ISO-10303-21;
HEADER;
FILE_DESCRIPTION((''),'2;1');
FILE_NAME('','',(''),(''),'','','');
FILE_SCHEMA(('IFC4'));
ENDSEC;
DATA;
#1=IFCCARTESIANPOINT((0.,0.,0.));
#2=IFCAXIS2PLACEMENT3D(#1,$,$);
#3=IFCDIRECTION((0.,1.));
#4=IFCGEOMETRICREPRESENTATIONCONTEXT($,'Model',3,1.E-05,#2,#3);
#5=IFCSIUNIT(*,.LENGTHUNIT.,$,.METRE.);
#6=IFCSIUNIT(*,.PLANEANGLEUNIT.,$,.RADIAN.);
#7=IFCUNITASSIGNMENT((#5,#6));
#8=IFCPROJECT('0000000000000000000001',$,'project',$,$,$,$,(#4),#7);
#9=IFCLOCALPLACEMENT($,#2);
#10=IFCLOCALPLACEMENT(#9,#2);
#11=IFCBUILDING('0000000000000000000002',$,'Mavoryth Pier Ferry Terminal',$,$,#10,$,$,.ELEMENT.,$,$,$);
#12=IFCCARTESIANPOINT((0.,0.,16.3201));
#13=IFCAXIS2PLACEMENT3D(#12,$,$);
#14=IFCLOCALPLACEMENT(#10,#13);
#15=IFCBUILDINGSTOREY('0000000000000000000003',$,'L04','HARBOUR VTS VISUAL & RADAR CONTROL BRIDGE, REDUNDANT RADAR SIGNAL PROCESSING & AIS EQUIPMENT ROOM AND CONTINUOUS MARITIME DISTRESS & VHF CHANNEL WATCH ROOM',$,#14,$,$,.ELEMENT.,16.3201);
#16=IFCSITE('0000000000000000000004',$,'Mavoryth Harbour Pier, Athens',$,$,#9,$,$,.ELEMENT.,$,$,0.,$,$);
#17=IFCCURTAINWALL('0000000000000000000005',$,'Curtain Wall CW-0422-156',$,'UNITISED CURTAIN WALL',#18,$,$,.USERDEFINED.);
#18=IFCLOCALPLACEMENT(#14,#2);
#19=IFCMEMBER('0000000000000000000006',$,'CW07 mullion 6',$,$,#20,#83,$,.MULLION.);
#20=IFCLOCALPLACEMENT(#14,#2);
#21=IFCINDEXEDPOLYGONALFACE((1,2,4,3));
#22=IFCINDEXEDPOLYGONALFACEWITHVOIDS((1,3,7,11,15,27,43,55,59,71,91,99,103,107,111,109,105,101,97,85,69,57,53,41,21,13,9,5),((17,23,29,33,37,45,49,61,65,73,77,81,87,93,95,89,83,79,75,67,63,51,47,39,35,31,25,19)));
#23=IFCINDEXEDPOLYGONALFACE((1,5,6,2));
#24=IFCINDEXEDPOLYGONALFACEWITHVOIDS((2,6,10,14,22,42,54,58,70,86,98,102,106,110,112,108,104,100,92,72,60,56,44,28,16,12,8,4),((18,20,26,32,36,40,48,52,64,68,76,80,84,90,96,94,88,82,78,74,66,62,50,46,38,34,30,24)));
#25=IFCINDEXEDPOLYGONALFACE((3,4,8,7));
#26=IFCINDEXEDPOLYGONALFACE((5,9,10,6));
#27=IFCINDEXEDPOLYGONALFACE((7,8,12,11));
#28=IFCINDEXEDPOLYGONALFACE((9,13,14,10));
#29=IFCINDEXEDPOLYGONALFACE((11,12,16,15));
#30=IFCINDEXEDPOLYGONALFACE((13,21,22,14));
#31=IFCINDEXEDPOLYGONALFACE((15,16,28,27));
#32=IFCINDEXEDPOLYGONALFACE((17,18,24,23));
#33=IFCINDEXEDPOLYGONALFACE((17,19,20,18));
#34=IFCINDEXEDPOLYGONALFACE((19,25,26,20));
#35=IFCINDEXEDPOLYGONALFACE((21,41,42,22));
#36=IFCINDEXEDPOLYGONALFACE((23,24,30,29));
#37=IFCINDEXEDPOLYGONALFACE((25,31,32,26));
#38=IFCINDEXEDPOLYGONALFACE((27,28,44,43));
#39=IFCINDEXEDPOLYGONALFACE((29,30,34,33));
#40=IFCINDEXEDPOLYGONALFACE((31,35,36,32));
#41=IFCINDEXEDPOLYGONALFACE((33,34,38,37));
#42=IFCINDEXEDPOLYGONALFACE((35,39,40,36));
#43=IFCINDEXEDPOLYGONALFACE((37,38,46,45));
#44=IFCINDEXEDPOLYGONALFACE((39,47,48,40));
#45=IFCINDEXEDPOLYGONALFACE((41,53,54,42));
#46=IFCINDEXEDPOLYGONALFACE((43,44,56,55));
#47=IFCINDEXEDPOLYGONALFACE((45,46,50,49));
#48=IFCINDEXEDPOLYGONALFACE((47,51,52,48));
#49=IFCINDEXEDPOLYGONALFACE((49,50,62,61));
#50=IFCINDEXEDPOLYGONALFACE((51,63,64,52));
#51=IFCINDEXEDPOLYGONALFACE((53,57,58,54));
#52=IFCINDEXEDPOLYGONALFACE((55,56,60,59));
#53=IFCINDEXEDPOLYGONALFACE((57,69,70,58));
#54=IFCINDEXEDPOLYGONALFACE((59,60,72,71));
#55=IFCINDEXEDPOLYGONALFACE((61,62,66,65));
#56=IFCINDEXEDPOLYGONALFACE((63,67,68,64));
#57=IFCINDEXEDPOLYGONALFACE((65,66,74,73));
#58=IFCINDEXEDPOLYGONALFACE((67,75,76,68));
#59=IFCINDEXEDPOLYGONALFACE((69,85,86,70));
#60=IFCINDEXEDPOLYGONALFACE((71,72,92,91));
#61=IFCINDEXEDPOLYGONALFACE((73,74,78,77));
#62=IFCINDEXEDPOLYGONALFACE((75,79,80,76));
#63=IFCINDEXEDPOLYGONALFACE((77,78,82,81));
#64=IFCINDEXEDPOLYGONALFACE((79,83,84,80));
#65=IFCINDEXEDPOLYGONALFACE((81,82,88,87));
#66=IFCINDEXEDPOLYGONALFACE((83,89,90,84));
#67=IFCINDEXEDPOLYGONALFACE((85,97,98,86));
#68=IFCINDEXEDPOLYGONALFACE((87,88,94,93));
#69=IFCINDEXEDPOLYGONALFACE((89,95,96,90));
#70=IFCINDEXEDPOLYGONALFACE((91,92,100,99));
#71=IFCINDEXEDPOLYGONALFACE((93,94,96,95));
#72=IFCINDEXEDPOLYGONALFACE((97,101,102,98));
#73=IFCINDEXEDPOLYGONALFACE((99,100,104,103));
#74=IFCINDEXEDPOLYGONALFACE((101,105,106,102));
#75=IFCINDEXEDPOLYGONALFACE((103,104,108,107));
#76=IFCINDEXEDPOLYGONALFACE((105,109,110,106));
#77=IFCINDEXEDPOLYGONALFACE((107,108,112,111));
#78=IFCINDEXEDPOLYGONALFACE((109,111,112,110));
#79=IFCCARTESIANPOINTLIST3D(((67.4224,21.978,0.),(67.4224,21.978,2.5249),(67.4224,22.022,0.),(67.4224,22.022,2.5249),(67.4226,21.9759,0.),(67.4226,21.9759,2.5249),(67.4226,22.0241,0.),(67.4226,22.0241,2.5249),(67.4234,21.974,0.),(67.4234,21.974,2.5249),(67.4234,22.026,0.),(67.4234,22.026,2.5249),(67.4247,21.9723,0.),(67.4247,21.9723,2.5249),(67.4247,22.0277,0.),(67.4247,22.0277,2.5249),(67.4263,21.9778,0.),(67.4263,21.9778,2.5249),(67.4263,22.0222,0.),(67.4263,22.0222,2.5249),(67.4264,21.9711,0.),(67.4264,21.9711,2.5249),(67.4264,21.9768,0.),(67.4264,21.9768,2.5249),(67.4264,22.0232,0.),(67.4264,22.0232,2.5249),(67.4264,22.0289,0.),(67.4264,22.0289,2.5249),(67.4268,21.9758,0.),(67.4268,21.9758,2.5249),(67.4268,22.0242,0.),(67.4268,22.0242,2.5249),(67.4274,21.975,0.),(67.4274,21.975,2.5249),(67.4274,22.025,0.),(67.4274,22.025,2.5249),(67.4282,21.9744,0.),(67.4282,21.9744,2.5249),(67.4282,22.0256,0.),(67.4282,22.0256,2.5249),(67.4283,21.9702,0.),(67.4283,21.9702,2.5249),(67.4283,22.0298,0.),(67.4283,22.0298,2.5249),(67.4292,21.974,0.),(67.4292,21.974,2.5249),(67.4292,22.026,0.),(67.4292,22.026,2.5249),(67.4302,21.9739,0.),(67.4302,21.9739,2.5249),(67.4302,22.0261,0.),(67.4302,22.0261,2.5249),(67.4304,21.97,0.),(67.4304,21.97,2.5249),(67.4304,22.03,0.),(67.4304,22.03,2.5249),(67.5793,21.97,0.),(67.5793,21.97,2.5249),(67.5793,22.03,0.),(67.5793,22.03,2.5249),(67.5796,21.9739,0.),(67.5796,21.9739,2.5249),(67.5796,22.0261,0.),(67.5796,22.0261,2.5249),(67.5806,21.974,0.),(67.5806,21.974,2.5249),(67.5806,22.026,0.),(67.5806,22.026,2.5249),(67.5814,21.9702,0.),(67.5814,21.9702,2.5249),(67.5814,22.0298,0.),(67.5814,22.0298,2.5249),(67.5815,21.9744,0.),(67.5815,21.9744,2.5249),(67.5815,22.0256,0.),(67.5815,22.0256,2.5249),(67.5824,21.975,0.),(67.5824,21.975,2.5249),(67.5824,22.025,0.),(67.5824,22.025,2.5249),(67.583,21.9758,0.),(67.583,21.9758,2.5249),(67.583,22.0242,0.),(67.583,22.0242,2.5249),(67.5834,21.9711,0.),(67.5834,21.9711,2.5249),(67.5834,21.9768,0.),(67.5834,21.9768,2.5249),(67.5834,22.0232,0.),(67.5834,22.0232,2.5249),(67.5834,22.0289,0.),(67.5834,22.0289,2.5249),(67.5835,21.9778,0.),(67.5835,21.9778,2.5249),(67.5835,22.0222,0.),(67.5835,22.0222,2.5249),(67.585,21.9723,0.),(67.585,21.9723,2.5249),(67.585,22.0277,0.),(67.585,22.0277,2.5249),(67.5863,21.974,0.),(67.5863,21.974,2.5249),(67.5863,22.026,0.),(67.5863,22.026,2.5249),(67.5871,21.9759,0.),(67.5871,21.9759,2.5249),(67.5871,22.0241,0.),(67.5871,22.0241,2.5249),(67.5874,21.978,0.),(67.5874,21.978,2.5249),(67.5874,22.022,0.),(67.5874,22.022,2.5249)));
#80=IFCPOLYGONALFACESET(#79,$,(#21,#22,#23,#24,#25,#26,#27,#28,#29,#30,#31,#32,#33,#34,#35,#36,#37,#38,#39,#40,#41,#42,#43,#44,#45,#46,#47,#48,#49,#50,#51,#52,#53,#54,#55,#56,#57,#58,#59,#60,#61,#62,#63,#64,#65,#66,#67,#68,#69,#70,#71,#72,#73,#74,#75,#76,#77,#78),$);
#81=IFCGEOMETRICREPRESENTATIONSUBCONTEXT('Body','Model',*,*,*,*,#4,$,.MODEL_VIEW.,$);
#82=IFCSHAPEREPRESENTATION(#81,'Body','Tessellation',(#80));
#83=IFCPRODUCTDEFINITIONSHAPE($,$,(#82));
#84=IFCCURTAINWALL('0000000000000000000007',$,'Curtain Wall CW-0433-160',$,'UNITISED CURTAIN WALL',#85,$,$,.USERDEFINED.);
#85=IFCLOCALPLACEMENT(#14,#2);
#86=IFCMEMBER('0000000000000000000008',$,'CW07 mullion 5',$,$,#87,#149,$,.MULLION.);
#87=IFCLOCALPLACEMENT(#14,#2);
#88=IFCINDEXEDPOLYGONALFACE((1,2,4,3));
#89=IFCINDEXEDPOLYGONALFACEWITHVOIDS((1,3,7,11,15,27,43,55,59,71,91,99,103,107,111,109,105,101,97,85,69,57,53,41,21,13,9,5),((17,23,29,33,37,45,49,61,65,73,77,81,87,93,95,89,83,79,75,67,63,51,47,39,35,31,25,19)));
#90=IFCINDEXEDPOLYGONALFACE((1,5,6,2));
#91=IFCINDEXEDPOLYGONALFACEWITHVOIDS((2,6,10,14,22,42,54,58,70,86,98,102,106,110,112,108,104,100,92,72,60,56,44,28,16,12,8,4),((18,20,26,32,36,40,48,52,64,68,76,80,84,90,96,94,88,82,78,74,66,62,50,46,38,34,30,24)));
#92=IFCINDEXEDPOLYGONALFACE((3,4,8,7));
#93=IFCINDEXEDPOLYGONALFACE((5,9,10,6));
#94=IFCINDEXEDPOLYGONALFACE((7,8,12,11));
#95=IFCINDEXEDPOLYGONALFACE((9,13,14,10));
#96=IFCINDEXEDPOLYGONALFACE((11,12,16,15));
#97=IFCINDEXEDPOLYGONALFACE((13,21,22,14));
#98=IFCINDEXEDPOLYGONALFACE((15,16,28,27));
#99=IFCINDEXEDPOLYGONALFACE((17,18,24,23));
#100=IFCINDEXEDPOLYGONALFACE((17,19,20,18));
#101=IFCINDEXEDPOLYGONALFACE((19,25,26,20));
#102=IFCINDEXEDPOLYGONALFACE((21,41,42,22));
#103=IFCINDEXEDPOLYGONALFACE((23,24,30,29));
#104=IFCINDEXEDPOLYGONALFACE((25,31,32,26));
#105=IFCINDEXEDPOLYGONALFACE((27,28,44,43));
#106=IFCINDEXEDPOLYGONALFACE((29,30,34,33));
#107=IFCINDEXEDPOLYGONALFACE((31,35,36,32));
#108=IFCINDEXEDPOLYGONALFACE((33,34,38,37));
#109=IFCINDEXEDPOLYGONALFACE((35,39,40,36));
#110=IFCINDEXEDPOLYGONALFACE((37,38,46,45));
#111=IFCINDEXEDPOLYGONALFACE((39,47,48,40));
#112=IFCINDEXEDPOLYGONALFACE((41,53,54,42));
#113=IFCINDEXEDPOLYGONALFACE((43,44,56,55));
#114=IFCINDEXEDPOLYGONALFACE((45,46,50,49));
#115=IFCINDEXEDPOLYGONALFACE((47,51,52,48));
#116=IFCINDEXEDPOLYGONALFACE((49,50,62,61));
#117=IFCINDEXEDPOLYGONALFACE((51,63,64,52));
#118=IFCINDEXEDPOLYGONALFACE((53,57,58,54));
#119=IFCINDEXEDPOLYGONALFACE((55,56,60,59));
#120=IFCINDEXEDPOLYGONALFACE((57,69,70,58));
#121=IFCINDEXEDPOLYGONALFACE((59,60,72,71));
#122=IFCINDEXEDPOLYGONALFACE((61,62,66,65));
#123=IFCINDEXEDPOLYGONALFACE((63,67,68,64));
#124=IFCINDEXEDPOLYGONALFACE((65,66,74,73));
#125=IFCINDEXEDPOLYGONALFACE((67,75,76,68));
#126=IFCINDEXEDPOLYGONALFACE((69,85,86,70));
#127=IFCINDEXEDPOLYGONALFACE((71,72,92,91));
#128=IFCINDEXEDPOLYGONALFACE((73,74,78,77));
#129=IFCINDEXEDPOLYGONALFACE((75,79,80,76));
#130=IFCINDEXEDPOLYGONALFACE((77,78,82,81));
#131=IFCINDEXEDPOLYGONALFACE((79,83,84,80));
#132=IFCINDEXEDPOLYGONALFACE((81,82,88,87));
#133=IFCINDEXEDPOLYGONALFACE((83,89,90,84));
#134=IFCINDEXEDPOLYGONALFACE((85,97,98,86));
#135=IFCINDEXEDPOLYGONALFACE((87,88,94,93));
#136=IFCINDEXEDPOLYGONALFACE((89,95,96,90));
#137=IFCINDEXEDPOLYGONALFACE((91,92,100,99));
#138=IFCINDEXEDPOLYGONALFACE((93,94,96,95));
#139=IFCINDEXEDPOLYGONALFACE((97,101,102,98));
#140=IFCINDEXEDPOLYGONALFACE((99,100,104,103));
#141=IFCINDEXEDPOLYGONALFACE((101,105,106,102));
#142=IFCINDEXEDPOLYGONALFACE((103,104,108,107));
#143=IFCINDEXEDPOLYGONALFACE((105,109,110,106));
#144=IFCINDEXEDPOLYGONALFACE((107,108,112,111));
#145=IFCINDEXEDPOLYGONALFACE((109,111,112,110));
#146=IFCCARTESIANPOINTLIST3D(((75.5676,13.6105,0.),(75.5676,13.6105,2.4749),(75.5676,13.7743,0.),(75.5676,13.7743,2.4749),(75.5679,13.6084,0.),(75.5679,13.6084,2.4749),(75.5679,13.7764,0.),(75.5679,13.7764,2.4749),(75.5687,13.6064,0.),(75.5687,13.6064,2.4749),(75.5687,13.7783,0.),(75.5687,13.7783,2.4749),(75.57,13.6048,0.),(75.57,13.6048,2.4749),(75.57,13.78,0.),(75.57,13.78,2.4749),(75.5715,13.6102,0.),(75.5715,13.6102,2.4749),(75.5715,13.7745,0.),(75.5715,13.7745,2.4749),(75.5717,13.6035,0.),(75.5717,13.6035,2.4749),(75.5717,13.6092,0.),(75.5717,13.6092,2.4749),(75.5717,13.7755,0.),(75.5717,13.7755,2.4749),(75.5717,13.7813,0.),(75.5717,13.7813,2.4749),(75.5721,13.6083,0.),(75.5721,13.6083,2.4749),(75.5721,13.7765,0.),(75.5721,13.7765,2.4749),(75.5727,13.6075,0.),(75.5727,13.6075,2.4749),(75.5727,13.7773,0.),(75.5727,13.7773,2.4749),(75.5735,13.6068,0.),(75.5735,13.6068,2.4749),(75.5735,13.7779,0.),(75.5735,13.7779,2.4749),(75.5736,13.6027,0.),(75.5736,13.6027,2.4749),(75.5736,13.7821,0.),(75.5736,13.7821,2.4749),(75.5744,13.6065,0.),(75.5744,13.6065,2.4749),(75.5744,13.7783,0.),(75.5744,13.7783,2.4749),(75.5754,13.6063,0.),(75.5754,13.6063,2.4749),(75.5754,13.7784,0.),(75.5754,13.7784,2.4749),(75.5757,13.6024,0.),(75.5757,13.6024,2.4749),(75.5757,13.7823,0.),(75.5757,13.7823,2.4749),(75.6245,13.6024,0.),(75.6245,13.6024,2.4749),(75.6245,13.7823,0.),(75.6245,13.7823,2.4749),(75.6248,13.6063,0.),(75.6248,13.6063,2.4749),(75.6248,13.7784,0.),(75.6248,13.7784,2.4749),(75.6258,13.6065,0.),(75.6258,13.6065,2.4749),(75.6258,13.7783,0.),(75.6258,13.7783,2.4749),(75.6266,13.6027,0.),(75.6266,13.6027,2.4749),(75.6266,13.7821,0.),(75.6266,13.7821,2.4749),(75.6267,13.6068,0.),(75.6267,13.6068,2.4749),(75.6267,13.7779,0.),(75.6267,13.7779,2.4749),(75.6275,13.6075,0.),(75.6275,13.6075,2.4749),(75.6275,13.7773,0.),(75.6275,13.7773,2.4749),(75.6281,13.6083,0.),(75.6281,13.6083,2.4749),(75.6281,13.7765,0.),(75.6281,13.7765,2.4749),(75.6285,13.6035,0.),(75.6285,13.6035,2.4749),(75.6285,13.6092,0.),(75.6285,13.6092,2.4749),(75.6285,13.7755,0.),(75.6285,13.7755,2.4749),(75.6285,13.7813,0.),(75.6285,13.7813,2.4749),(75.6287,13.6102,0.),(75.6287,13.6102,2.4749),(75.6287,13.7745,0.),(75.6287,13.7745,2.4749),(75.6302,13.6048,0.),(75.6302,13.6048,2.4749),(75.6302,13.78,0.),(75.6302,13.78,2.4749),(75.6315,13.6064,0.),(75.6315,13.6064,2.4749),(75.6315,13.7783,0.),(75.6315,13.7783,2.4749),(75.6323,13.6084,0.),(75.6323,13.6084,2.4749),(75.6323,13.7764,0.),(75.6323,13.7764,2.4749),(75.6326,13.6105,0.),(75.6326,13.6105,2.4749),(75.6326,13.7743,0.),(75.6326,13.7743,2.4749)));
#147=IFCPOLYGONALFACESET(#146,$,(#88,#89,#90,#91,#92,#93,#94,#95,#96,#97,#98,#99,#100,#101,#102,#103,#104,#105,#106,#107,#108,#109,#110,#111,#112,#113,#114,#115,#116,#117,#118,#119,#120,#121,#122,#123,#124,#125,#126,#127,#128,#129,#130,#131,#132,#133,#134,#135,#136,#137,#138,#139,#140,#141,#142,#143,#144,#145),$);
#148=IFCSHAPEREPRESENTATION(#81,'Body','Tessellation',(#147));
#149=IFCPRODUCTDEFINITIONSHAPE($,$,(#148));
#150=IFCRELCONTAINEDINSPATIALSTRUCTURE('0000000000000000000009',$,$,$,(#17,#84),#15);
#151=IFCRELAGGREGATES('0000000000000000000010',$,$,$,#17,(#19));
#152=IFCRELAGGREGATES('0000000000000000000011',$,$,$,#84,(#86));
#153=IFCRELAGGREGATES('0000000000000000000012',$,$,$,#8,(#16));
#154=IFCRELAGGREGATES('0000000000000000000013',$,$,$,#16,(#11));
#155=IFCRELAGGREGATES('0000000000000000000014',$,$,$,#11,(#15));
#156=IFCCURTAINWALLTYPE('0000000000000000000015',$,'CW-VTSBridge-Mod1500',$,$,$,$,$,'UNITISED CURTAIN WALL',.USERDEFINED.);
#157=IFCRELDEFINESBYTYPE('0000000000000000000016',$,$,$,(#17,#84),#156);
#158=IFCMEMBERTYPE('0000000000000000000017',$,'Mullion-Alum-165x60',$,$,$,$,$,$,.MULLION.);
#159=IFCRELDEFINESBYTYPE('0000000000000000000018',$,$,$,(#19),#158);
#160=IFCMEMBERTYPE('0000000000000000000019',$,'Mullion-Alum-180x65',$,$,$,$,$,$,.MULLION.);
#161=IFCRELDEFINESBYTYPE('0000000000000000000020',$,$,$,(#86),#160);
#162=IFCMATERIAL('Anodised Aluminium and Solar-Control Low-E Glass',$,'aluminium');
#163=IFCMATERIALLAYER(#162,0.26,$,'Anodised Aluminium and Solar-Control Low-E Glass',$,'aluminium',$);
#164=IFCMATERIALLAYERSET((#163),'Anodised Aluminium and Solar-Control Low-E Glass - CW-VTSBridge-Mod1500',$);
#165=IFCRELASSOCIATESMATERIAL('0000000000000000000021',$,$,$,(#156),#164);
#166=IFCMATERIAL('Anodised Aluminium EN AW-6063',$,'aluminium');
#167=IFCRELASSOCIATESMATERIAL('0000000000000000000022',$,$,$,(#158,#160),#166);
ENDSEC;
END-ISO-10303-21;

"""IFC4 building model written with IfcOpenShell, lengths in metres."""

from ifc_helpers import new_model, si_unit, direction, frame, origin, origin_2d, place, context, subcontext, project, spatial, hollow_rectangle, extrude, material, layer, layer_set, material_profile, profile_set, type_object, element, aggregate, save


model = new_model("IFC4")

# Units and contexts
model_context = context("Model", 3, precision=1e-05, world=origin(), true_north=direction((0.0, 1.0)))
body_context = subcontext(model_context, "Body", "Model", "MODEL_VIEW")
ifc_project = project(units=[si_unit("LENGTHUNIT", "METRE"), si_unit("PLANEANGLEUNIT", "RADIAN")], contexts=[model_context])

# Site, building, storey
site_placement = place(None, origin())
site = spatial("IfcSite", under=ifc_project, at=site_placement, Name="Mavoryth Harbour Pier, Athens", CompositionType="ELEMENT", RefElevation=0.0)
building_placement = place(site_placement, origin())
building = spatial("IfcBuilding", under=site, at=building_placement, Name="Mavoryth Pier Ferry Terminal", CompositionType="ELEMENT")
storey_placement = place(building_placement, frame((0.0, 0.0, 16.3201)))
storey = spatial("IfcBuildingStorey", under=building, at=storey_placement, Name="L04", Description="HARBOUR VTS VISUAL & RADAR CONTROL BRIDGE, REDUNDANT RADAR SIGNAL PROCESSING & AIS EQUIPMENT ROOM AND CONTINUOUS MARITIME DISTRESS & VHF CHANNEL WATCH ROOM", CompositionType="ELEMENT", Elevation=16.3201)

# Curtain walls, members
ifc_material_1 = material(Name="Anodised Aluminium and Solar-Control Low-E Glass", Category="aluminium")
ifc_layer_1 = layer(ifc_material_1, 0.26, Name="Anodised Aluminium and Solar-Control Low-E Glass", Category="aluminium")
ifc_layer_set_1 = layer_set([ifc_layer_1], Name="Anodised Aluminium and Solar-Control Low-E Glass - CW-VTSBridge-Mod1500")
curtain_wall_type = type_object("IfcCurtainWallType", Name="CW-VTSBridge-Mod1500", ElementType="UNITISED CURTAIN WALL", PredefinedType="USERDEFINED", material=ifc_layer_set_1)
curtain_wall_1_placement = place(storey_placement, origin())
curtain_wall_1 = element("IfcCurtainWall", 1, at=curtain_wall_1_placement, inside=storey, type_object=curtain_wall_type, Name="Curtain Wall CW-0422-156", ObjectType="UNITISED CURTAIN WALL", PredefinedType="USERDEFINED")
ifc_material_2 = material(Name="Anodised Aluminium EN AW-6063", Category="aluminium")
ifc_material_profile_1 = material_profile(ifc_material_2, hollow_rectangle(XDim=0.0601, YDim=0.165, WallThickness=0.0039, InnerFilletRadius=0.0039, OuterFilletRadius=0.0081, at=origin_2d()), Name="AL-MULL 165x60x4", Category="aluminium")
ifc_profile_set_1 = profile_set([ifc_material_profile_1], Name="Anodised Aluminium EN AW-6063 - AL-MULL 165x60x4")
member_type_1 = type_object("IfcMemberType", Name="Mullion-Alum-165x60", PredefinedType="MULLION", material=ifc_profile_set_1)
member_1_placement = place(storey_placement, frame((67.5049, 22.0, 0.0), z_axis=(0.0, 0.0, 1.0), x_axis=(0.0, -1.0, 0.0)))
member_1 = element("IfcMember", 2, at=member_1_placement, type_object=member_type_1, Name="CW07 mullion 6", PredefinedType="MULLION", context=body_context, shape_type="SweptSolid", body=[
    extrude(hollow_rectangle(XDim=0.0601, YDim=0.165, WallThickness=0.0039, InnerFilletRadius=0.0039, OuterFilletRadius=0.0081, at=origin_2d()), origin(), (0.0, 0.0, 1.0), 2.5249),
])
curtain_wall_2_placement = place(storey_placement, origin())
curtain_wall_2 = element("IfcCurtainWall", 3, at=curtain_wall_2_placement, inside=storey, type_object=curtain_wall_type, Name="Curtain Wall CW-0433-160", ObjectType="UNITISED CURTAIN WALL", PredefinedType="USERDEFINED")
ifc_material_profile_2 = material_profile(ifc_material_2, hollow_rectangle(XDim=0.0649, YDim=0.1799, WallThickness=0.0039, InnerFilletRadius=0.0039, OuterFilletRadius=0.0081, at=origin_2d()), Name="AL-MULL 180x65x4", Category="aluminium")
ifc_profile_set_2 = profile_set([ifc_material_profile_2], Name="Anodised Aluminium EN AW-6063 - AL-MULL 180x65x4")
member_type_2 = type_object("IfcMemberType", Name="Mullion-Alum-180x65", PredefinedType="MULLION", material=ifc_profile_set_2)
member_2_placement = place(storey_placement, frame((75.6001, 13.6924, 0.0), z_axis=(0.0, 0.0, 1.0), x_axis=(-1.0, 0.0, 0.0)))
member_2 = element("IfcMember", 4, at=member_2_placement, type_object=member_type_2, Name="CW07 mullion 5", PredefinedType="MULLION", context=body_context, shape_type="SweptSolid", body=[
    extrude(hollow_rectangle(XDim=0.0649, YDim=0.1799, WallThickness=0.0039, InnerFilletRadius=0.0039, OuterFilletRadius=0.0081, at=origin_2d()), origin(), (0.0, 0.0, 1.0), 2.4749),
])

aggregate(curtain_wall_1, [member_1])
aggregate(curtain_wall_2, [member_2])

save(model, "model.ifc")
